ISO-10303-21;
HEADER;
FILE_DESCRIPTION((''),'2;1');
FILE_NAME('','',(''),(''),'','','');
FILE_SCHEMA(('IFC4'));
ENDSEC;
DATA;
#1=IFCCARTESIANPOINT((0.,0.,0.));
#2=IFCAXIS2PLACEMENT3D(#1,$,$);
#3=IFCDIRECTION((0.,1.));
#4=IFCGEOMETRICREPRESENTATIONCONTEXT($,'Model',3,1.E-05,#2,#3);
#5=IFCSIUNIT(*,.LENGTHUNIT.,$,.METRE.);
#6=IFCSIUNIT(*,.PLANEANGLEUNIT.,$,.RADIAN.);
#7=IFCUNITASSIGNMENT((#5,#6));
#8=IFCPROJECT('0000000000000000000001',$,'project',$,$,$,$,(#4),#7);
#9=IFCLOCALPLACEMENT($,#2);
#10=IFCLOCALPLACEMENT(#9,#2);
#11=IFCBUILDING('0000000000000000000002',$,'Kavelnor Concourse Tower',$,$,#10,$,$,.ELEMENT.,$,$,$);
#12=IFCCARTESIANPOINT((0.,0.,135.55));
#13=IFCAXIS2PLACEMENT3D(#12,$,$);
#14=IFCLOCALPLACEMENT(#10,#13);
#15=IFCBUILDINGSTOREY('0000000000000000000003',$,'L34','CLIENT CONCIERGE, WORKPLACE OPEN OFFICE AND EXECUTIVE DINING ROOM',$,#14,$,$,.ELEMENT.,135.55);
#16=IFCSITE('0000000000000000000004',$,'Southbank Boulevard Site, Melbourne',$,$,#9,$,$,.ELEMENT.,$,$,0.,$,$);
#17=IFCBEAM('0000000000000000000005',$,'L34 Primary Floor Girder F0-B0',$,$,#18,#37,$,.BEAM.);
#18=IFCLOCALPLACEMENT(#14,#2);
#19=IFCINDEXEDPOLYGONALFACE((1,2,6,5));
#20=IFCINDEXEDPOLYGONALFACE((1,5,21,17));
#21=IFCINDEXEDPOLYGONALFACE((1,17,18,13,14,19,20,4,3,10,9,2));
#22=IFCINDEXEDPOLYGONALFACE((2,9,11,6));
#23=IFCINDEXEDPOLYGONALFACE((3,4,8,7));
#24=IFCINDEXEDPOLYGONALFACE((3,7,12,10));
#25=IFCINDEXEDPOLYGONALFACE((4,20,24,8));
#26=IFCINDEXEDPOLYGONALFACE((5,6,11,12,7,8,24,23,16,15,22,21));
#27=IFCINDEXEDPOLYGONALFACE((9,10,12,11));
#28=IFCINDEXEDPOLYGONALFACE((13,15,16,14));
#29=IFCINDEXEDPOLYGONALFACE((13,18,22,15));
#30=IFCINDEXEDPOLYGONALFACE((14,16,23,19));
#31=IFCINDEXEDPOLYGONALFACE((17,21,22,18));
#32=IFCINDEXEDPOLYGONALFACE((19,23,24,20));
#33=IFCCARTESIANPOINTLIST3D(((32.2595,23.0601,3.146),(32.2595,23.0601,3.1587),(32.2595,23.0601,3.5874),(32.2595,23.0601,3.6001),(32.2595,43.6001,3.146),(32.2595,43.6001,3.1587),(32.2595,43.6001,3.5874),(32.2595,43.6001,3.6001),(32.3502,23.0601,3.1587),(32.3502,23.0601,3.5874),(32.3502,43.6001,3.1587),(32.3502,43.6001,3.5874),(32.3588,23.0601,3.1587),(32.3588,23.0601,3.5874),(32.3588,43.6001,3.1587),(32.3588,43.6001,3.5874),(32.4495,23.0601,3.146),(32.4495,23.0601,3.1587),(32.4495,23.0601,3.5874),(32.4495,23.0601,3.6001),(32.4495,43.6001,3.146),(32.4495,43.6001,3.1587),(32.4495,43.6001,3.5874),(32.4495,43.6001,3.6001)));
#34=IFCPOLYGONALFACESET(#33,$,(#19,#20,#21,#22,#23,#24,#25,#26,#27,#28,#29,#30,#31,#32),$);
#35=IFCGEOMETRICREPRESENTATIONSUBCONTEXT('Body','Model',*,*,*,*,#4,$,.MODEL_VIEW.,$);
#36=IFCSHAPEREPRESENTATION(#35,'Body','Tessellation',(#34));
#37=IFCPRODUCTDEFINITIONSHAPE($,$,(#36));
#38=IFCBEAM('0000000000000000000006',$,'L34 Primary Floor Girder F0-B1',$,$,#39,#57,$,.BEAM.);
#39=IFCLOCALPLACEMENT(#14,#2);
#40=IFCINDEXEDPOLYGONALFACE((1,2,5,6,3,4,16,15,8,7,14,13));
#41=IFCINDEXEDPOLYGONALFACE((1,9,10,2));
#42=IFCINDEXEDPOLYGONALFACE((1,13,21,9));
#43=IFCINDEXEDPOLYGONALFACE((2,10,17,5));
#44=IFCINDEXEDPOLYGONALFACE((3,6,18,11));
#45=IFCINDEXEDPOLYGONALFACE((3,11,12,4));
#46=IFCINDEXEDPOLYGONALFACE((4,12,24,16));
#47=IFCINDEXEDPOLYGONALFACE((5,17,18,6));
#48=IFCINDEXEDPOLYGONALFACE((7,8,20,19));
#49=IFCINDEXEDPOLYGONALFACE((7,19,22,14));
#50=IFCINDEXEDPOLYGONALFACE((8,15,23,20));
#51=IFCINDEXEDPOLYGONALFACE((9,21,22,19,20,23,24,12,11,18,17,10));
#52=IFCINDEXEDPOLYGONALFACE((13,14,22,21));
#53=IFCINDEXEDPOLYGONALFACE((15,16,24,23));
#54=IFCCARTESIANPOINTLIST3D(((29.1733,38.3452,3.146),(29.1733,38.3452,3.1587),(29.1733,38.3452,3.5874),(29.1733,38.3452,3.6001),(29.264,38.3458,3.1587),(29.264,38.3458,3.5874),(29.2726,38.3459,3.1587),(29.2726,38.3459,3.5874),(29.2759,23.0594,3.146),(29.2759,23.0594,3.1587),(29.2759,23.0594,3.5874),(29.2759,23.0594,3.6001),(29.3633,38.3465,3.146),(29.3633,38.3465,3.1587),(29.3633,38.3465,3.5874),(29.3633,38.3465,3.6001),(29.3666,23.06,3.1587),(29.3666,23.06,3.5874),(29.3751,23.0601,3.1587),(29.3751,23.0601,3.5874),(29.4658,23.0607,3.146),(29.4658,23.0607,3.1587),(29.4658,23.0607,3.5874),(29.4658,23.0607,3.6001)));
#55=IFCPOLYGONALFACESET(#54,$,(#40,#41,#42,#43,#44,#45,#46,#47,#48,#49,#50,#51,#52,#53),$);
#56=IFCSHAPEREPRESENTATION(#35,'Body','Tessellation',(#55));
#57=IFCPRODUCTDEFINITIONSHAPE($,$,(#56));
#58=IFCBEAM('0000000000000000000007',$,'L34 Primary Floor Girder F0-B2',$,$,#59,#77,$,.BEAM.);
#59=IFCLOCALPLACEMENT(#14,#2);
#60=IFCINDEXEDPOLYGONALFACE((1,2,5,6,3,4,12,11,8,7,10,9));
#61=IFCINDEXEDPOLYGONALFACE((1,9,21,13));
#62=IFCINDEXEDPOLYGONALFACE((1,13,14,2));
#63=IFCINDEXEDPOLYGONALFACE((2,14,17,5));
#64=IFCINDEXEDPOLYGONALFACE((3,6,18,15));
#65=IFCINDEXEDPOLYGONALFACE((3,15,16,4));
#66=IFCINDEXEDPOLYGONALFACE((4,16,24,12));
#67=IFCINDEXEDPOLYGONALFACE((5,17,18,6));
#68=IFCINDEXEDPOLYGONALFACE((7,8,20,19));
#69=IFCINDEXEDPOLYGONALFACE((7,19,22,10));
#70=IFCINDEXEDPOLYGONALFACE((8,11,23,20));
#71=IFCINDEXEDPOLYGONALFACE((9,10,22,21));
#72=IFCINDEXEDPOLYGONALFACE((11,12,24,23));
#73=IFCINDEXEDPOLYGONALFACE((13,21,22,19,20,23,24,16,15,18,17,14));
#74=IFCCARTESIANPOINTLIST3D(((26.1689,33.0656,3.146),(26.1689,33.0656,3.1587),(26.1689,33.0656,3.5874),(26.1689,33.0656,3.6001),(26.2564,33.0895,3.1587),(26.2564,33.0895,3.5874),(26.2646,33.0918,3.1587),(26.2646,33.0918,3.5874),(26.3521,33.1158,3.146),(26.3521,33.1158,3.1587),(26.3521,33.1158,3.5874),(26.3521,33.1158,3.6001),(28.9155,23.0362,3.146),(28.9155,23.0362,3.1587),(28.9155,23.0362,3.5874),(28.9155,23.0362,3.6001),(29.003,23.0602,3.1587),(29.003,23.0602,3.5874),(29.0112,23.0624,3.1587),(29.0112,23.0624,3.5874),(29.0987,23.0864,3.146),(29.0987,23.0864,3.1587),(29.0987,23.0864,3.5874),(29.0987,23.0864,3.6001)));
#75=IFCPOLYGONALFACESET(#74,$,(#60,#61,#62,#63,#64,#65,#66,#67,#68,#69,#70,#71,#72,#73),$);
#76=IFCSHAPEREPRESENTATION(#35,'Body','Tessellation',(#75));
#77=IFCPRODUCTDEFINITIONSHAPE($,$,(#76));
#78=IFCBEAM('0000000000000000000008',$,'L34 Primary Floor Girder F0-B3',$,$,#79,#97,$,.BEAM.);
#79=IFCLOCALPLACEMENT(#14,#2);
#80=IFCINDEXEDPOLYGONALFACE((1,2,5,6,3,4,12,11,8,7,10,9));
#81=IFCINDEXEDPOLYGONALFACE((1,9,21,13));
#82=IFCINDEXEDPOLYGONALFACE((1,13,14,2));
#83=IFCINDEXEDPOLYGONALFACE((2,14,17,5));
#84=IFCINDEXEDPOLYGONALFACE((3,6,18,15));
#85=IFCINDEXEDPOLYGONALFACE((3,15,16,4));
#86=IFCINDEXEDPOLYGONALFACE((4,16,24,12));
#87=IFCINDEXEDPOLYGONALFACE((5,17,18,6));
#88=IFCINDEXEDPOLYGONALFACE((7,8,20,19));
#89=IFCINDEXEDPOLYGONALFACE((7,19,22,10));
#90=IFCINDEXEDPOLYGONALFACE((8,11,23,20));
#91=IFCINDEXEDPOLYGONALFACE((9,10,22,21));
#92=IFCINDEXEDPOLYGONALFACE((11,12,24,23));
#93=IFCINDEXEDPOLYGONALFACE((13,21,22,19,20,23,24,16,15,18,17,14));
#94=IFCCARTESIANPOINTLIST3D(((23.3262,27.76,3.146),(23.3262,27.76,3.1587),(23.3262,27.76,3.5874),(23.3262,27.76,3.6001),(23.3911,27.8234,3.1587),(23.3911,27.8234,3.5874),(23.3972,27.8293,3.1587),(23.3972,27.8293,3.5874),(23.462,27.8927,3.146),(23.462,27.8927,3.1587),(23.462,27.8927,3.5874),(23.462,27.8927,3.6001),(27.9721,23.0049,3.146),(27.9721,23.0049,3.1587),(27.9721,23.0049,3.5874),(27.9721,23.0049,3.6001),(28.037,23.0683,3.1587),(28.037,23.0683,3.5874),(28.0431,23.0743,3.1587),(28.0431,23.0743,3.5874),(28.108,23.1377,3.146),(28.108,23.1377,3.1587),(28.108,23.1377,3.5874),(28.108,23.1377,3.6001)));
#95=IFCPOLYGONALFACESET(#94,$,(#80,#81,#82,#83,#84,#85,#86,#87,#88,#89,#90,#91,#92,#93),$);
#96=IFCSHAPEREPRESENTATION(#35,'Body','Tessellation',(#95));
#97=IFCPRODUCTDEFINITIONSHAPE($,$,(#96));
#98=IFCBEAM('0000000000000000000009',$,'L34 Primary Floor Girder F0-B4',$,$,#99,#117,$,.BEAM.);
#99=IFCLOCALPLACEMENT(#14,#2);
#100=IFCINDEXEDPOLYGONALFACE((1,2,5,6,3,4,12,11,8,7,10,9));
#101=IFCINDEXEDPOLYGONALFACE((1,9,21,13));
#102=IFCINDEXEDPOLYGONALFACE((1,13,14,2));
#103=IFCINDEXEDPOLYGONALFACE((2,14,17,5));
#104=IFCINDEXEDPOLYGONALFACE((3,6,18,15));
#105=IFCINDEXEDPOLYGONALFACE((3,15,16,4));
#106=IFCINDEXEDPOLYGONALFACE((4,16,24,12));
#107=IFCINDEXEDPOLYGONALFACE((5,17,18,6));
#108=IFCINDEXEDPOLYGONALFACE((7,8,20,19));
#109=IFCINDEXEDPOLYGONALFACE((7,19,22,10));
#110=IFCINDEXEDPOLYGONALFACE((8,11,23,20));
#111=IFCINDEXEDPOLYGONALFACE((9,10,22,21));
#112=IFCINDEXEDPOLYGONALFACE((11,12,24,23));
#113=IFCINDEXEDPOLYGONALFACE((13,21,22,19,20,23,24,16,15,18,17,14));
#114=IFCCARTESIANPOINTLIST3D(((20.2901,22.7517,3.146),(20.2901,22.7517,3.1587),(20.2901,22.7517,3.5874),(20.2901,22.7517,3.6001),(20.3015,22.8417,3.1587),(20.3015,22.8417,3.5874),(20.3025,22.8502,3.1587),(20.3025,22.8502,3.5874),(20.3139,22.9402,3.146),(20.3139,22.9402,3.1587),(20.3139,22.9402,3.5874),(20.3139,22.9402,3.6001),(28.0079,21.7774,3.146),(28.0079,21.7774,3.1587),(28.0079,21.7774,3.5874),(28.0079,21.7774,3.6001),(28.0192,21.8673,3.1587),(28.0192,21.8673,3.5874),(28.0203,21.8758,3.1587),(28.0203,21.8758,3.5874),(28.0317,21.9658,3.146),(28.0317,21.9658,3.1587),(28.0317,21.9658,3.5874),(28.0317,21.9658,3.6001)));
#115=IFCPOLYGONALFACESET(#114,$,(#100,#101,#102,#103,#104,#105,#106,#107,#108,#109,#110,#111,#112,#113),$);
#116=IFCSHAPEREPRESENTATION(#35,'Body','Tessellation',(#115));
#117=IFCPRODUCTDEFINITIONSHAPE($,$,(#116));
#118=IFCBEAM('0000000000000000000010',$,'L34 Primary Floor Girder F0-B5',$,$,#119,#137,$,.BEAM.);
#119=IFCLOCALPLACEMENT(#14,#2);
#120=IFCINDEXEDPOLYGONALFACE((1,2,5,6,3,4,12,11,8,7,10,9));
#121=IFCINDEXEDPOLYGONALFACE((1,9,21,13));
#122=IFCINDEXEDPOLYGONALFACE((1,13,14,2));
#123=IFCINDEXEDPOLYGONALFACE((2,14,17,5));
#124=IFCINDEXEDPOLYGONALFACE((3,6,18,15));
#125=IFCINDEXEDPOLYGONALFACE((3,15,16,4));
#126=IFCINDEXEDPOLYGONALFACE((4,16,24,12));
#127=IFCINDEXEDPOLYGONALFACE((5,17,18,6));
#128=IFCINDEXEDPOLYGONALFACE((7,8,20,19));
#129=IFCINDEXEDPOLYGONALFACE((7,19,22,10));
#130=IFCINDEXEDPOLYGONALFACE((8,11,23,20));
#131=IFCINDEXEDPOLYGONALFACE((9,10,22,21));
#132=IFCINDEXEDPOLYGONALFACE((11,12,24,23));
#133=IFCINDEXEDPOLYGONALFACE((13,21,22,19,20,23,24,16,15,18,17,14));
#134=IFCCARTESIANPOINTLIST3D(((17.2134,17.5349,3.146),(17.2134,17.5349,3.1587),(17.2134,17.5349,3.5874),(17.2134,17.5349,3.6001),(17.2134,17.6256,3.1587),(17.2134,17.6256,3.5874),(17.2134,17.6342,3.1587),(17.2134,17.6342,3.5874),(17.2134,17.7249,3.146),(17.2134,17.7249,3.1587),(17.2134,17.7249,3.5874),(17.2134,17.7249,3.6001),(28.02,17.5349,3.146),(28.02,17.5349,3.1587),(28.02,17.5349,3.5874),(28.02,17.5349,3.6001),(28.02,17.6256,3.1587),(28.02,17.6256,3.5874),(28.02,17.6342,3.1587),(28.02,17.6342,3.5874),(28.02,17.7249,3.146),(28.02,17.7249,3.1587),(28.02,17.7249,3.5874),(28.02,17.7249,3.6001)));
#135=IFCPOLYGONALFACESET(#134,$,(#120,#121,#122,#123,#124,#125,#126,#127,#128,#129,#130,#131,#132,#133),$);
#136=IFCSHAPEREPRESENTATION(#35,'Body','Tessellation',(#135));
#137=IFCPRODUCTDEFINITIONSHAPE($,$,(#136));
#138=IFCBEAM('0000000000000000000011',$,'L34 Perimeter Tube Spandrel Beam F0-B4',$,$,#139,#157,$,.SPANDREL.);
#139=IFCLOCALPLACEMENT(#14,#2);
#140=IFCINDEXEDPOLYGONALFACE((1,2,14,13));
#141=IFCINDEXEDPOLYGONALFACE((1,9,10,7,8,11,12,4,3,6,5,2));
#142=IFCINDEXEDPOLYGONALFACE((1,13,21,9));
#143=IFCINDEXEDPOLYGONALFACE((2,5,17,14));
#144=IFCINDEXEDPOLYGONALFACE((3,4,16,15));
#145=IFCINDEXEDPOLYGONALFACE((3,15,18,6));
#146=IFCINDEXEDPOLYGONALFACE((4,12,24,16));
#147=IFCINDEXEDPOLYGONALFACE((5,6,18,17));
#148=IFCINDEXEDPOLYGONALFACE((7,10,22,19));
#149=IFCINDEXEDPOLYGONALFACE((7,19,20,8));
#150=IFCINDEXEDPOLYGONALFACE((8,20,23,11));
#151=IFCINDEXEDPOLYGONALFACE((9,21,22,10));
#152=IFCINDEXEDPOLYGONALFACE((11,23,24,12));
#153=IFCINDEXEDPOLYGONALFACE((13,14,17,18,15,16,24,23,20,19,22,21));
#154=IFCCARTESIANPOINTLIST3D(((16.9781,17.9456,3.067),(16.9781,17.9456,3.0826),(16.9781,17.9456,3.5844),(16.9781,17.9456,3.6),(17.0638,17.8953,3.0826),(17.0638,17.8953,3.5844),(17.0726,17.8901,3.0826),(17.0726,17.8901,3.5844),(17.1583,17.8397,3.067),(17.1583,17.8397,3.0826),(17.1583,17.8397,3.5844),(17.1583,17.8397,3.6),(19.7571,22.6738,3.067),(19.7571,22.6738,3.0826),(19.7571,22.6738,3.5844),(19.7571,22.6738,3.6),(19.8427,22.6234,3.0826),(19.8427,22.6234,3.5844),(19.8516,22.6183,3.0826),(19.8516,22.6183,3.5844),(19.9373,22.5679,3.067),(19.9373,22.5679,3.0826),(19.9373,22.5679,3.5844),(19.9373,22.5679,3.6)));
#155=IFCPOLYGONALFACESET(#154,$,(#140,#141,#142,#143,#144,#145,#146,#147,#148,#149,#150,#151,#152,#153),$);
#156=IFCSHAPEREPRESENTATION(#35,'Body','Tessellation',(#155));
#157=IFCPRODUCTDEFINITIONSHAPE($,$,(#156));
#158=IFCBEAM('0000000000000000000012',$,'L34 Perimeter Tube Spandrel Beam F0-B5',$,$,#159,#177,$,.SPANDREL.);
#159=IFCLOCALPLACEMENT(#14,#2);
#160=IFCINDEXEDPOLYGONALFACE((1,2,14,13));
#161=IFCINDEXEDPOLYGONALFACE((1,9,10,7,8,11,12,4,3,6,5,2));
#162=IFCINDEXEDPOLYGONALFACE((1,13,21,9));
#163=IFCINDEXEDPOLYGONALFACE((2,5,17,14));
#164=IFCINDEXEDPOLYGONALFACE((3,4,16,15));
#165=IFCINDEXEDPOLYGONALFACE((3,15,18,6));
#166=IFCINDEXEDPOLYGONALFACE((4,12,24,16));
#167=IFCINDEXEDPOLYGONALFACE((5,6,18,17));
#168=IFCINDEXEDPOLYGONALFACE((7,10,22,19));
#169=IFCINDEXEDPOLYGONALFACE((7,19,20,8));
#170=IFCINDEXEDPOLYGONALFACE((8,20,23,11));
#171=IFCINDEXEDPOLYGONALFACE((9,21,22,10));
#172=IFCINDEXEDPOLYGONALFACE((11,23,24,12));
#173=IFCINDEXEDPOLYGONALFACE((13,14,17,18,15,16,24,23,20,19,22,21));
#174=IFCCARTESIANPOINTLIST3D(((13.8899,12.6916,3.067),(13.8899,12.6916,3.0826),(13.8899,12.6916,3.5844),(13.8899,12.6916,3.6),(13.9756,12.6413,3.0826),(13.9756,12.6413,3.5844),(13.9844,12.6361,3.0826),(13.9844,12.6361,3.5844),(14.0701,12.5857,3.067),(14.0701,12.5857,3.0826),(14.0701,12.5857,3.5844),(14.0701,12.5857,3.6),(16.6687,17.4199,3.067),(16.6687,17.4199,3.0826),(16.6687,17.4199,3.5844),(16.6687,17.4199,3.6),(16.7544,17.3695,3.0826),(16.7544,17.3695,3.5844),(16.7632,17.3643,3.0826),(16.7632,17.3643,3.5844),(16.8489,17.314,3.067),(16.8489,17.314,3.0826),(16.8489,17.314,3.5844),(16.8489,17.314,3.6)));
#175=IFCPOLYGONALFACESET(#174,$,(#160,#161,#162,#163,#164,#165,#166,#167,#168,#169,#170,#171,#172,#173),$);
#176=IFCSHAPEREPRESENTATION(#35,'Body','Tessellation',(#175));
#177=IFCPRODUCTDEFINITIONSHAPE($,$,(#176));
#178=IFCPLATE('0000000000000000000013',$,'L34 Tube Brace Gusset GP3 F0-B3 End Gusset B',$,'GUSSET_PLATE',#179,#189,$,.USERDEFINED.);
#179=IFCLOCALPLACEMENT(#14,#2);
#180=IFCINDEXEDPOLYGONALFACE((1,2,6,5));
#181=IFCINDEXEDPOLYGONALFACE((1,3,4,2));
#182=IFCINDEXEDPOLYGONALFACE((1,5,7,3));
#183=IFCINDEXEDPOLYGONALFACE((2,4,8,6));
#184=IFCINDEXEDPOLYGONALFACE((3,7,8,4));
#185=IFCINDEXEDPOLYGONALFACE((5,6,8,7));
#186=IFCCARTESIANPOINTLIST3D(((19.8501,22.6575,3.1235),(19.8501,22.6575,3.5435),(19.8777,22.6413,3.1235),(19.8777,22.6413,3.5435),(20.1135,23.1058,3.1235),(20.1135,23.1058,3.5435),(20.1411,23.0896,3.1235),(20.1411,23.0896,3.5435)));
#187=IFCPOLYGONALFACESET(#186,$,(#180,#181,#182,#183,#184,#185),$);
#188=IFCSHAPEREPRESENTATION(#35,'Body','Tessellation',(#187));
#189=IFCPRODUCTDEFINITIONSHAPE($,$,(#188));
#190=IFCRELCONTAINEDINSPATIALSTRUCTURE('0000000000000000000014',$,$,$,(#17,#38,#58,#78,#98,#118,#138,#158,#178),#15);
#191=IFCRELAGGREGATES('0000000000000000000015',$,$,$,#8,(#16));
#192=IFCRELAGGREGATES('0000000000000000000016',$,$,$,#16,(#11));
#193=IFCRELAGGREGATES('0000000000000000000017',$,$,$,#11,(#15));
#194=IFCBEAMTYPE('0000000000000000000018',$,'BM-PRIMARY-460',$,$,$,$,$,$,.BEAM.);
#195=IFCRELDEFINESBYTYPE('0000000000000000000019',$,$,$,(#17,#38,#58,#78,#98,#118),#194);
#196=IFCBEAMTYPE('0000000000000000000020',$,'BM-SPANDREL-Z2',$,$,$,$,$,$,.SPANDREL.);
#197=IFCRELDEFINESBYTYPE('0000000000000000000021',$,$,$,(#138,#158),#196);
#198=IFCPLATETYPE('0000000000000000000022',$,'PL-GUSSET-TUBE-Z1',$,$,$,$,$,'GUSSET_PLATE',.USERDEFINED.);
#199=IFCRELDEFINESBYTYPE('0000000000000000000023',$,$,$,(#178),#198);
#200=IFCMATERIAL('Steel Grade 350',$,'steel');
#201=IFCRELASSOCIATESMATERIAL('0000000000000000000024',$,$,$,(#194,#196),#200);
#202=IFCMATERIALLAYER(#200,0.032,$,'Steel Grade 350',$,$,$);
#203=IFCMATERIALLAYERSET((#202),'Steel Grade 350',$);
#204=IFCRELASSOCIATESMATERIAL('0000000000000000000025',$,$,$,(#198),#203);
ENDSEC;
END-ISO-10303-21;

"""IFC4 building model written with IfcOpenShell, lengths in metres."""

from ifc_helpers import new_model, si_unit, direction, frame, origin, origin_2d, place, context, subcontext, project, spatial, rectangle, i_section, extrude, material, layer, layer_set, material_profile, profile_set, type_object, element, save


model = new_model("IFC4")

# Units and contexts
model_context = context("Model", 3, precision=1e-05, world=origin(), true_north=direction((0.0, 1.0)))
body_context = subcontext(model_context, "Body", "Model", "MODEL_VIEW")
ifc_project = project(units=[si_unit("LENGTHUNIT", "METRE"), si_unit("PLANEANGLEUNIT", "RADIAN")], contexts=[model_context])

# Site, building, storey
site_placement = place(None, origin())
site = spatial("IfcSite", under=ifc_project, at=site_placement, Name="Southbank Boulevard Site, Melbourne", CompositionType="ELEMENT", RefElevation=0.0)
building_placement = place(site_placement, origin())
building = spatial("IfcBuilding", under=site, at=building_placement, Name="Kavelnor Concourse Tower", CompositionType="ELEMENT")
storey_placement = place(building_placement, frame((0.0, 0.0, 135.55)))
storey = spatial("IfcBuildingStorey", under=building, at=storey_placement, Name="L34", Description="CLIENT CONCIERGE, WORKPLACE OPEN OFFICE AND EXECUTIVE DINING ROOM", CompositionType="ELEMENT", Elevation=135.55)

# Shared definitions
ifc_material_1 = material(Name="Steel Grade 350", Category="steel")

# Beams
ifc_material_profile_1 = material_profile(ifc_material_1, i_section(OverallWidth=0.1899, OverallDepth=0.4541, WebThickness=0.0085, FlangeThickness=0.0127, at=origin_2d()), Name="460UB67")
ifc_profile_set_1 = profile_set([ifc_material_profile_1], Name="Steel Grade 350")
beam_type_1 = type_object("IfcBeamType", Name="BM-PRIMARY-460", PredefinedType="BEAM", material=ifc_profile_set_1)
beam_1_placement = place(storey_placement, frame((32.3545, 23.0601, 3.373), z_axis=(0.0, 1.0, 0.0), x_axis=(-1.0, 0.0, 0.0)))
element("IfcBeam", 1, at=beam_1_placement, inside=storey, type_object=beam_type_1, Name="L34 Primary Floor Girder F0-B0", PredefinedType="BEAM", context=body_context, shape_type="SweptSolid", body=[
    extrude(i_section(OverallWidth=0.1899, OverallDepth=0.4541, WebThickness=0.0085, FlangeThickness=0.0127, at=origin_2d()), origin(), (0.0, 0.0, 1.0), 20.54),
])
beam_2_placement = place(storey_placement, frame((29.3708, 23.0601, 3.373), z_axis=(-0.006708, 0.999978, 0.0), x_axis=(-0.999978, -0.006708, 0.0)))
element("IfcBeam", 2, at=beam_2_placement, inside=storey, type_object=beam_type_1, Name="L34 Primary Floor Girder F0-B1", PredefinedType="BEAM", context=body_context, shape_type="SweptSolid", body=[
    extrude(i_section(OverallWidth=0.1899, OverallDepth=0.4541, WebThickness=0.0085, FlangeThickness=0.0127, at=origin_2d()), origin(), (0.0, 0.0, 1.0), 15.2861),
])
beam_3_placement = place(storey_placement, frame((29.0071, 23.0613, 3.373), z_axis=(-0.26413, 0.964487, 0.0), x_axis=(-0.964487, -0.26413, 0.0)))
element("IfcBeam", 3, at=beam_3_placement, inside=storey, type_object=beam_type_1, Name="L34 Primary Floor Girder F0-B2", PredefinedType="BEAM", context=body_context, shape_type="SweptSolid", body=[
    extrude(i_section(OverallWidth=0.1899, OverallDepth=0.4541, WebThickness=0.0085, FlangeThickness=0.0127, at=origin_2d()), origin(), (0.0, 0.0, 1.0), 10.3987),
])
beam_4_placement = place(storey_placement, frame((28.04, 23.0713, 3.373), z_axis=(-0.698851, 0.715267, 0.0), x_axis=(-0.715267, -0.698851, 0.0)))
element("IfcBeam", 4, at=beam_4_placement, inside=storey, type_object=beam_type_1, Name="L34 Primary Floor Girder F0-B3", PredefinedType="BEAM", context=body_context, shape_type="SweptSolid", body=[
    extrude(i_section(OverallWidth=0.1899, OverallDepth=0.4541, WebThickness=0.0085, FlangeThickness=0.0127, at=origin_2d()), origin(), (0.0, 0.0, 1.0), 6.6479),
])
beam_5_placement = place(storey_placement, frame((28.0198, 21.8716, 3.373), z_axis=(-0.992125, 0.125255, 0.0), x_axis=(-0.125255, -0.992125, 0.0)))
element("IfcBeam", 5, at=beam_5_placement, inside=storey, type_object=beam_type_1, Name="L34 Primary Floor Girder F0-B4", PredefinedType="BEAM", context=body_context, shape_type="SweptSolid", body=[
    extrude(i_section(OverallWidth=0.1899, OverallDepth=0.4541, WebThickness=0.0085, FlangeThickness=0.0127, at=origin_2d()), origin(), (0.0, 0.0, 1.0), 7.7791),
])
beam_6_placement = place(storey_placement, frame((28.02, 17.6299, 3.373), z_axis=(-1.0, 0.0, 0.0), x_axis=(0.0, -1.0, 0.0)))
element("IfcBeam", 6, at=beam_6_placement, inside=storey, type_object=beam_type_1, Name="L34 Primary Floor Girder F0-B5", PredefinedType="BEAM", context=body_context, shape_type="SweptSolid", body=[
    extrude(i_section(OverallWidth=0.1899, OverallDepth=0.4541, WebThickness=0.0085, FlangeThickness=0.0127, at=origin_2d()), origin(), (0.0, 0.0, 1.0), 10.8066),
])
ifc_material_profile_2 = material_profile(ifc_material_1, i_section(OverallWidth=0.209, OverallDepth=0.533, WebThickness=0.0103, FlangeThickness=0.0156, at=origin_2d()), Name="530UB92")
ifc_profile_set_2 = profile_set([ifc_material_profile_2], Name="Steel Grade 350")
beam_type_2 = type_object("IfcBeamType", Name="BM-SPANDREL-Z2", PredefinedType="SPANDREL", material=ifc_profile_set_2)
for number, where, z_axis, x_axis, name in (
    (7, (19.8472, 22.6208, 3.3335), (-0.506711, -0.862116, 0.0), (0.862116, -0.506711, 0.0), "L34 Perimeter Tube Spandrel Beam F0-B4"),
    (8, (16.7588, 17.3669, 3.3335), (-0.506678, -0.862136, 0.0), (0.862136, -0.506678, 0.0), "L34 Perimeter Tube Spandrel Beam F0-B5"),
):
    element("IfcBeam", number, at=place(storey_placement, frame(where, z_axis=z_axis, x_axis=x_axis)), inside=storey, type_object=beam_type_2, Name=name, PredefinedType="SPANDREL", context=body_context, shape_type="SweptSolid", body=[
        extrude(i_section(OverallWidth=0.209, OverallDepth=0.533, WebThickness=0.0103, FlangeThickness=0.0156, at=origin_2d()), origin(), (0.0, 0.0, 1.0), 5.4844),
    ])

# Plate
ifc_layer_1 = layer(ifc_material_1, 0.032, Name="Steel Grade 350")
ifc_layer_set_1 = layer_set([ifc_layer_1], Name="Steel Grade 350")
plate_type = type_object("IfcPlateType", Name="PL-GUSSET-TUBE-Z1", ElementType="GUSSET_PLATE", PredefinedType="USERDEFINED", material=ifc_layer_set_1)
plate_placement = place(storey_placement, frame((19.9956, 22.8735, 3.1235), z_axis=(0.0, 0.0, 1.0), x_axis=(-0.506636, -0.86216, 0.0)))
element("IfcPlate", 9, at=plate_placement, inside=storey, type_object=plate_type, Name="L34 Tube Brace Gusset GP3 F0-B3 End Gusset B", ObjectType="GUSSET_PLATE", PredefinedType="USERDEFINED", context=body_context, shape_type="SweptSolid", body=[
    extrude(rectangle(XDim=0.52, YDim=0.032, at=origin_2d()), origin(), (0.0, 0.0, 1.0), 0.4199),
])

save(model, "model.ifc")
